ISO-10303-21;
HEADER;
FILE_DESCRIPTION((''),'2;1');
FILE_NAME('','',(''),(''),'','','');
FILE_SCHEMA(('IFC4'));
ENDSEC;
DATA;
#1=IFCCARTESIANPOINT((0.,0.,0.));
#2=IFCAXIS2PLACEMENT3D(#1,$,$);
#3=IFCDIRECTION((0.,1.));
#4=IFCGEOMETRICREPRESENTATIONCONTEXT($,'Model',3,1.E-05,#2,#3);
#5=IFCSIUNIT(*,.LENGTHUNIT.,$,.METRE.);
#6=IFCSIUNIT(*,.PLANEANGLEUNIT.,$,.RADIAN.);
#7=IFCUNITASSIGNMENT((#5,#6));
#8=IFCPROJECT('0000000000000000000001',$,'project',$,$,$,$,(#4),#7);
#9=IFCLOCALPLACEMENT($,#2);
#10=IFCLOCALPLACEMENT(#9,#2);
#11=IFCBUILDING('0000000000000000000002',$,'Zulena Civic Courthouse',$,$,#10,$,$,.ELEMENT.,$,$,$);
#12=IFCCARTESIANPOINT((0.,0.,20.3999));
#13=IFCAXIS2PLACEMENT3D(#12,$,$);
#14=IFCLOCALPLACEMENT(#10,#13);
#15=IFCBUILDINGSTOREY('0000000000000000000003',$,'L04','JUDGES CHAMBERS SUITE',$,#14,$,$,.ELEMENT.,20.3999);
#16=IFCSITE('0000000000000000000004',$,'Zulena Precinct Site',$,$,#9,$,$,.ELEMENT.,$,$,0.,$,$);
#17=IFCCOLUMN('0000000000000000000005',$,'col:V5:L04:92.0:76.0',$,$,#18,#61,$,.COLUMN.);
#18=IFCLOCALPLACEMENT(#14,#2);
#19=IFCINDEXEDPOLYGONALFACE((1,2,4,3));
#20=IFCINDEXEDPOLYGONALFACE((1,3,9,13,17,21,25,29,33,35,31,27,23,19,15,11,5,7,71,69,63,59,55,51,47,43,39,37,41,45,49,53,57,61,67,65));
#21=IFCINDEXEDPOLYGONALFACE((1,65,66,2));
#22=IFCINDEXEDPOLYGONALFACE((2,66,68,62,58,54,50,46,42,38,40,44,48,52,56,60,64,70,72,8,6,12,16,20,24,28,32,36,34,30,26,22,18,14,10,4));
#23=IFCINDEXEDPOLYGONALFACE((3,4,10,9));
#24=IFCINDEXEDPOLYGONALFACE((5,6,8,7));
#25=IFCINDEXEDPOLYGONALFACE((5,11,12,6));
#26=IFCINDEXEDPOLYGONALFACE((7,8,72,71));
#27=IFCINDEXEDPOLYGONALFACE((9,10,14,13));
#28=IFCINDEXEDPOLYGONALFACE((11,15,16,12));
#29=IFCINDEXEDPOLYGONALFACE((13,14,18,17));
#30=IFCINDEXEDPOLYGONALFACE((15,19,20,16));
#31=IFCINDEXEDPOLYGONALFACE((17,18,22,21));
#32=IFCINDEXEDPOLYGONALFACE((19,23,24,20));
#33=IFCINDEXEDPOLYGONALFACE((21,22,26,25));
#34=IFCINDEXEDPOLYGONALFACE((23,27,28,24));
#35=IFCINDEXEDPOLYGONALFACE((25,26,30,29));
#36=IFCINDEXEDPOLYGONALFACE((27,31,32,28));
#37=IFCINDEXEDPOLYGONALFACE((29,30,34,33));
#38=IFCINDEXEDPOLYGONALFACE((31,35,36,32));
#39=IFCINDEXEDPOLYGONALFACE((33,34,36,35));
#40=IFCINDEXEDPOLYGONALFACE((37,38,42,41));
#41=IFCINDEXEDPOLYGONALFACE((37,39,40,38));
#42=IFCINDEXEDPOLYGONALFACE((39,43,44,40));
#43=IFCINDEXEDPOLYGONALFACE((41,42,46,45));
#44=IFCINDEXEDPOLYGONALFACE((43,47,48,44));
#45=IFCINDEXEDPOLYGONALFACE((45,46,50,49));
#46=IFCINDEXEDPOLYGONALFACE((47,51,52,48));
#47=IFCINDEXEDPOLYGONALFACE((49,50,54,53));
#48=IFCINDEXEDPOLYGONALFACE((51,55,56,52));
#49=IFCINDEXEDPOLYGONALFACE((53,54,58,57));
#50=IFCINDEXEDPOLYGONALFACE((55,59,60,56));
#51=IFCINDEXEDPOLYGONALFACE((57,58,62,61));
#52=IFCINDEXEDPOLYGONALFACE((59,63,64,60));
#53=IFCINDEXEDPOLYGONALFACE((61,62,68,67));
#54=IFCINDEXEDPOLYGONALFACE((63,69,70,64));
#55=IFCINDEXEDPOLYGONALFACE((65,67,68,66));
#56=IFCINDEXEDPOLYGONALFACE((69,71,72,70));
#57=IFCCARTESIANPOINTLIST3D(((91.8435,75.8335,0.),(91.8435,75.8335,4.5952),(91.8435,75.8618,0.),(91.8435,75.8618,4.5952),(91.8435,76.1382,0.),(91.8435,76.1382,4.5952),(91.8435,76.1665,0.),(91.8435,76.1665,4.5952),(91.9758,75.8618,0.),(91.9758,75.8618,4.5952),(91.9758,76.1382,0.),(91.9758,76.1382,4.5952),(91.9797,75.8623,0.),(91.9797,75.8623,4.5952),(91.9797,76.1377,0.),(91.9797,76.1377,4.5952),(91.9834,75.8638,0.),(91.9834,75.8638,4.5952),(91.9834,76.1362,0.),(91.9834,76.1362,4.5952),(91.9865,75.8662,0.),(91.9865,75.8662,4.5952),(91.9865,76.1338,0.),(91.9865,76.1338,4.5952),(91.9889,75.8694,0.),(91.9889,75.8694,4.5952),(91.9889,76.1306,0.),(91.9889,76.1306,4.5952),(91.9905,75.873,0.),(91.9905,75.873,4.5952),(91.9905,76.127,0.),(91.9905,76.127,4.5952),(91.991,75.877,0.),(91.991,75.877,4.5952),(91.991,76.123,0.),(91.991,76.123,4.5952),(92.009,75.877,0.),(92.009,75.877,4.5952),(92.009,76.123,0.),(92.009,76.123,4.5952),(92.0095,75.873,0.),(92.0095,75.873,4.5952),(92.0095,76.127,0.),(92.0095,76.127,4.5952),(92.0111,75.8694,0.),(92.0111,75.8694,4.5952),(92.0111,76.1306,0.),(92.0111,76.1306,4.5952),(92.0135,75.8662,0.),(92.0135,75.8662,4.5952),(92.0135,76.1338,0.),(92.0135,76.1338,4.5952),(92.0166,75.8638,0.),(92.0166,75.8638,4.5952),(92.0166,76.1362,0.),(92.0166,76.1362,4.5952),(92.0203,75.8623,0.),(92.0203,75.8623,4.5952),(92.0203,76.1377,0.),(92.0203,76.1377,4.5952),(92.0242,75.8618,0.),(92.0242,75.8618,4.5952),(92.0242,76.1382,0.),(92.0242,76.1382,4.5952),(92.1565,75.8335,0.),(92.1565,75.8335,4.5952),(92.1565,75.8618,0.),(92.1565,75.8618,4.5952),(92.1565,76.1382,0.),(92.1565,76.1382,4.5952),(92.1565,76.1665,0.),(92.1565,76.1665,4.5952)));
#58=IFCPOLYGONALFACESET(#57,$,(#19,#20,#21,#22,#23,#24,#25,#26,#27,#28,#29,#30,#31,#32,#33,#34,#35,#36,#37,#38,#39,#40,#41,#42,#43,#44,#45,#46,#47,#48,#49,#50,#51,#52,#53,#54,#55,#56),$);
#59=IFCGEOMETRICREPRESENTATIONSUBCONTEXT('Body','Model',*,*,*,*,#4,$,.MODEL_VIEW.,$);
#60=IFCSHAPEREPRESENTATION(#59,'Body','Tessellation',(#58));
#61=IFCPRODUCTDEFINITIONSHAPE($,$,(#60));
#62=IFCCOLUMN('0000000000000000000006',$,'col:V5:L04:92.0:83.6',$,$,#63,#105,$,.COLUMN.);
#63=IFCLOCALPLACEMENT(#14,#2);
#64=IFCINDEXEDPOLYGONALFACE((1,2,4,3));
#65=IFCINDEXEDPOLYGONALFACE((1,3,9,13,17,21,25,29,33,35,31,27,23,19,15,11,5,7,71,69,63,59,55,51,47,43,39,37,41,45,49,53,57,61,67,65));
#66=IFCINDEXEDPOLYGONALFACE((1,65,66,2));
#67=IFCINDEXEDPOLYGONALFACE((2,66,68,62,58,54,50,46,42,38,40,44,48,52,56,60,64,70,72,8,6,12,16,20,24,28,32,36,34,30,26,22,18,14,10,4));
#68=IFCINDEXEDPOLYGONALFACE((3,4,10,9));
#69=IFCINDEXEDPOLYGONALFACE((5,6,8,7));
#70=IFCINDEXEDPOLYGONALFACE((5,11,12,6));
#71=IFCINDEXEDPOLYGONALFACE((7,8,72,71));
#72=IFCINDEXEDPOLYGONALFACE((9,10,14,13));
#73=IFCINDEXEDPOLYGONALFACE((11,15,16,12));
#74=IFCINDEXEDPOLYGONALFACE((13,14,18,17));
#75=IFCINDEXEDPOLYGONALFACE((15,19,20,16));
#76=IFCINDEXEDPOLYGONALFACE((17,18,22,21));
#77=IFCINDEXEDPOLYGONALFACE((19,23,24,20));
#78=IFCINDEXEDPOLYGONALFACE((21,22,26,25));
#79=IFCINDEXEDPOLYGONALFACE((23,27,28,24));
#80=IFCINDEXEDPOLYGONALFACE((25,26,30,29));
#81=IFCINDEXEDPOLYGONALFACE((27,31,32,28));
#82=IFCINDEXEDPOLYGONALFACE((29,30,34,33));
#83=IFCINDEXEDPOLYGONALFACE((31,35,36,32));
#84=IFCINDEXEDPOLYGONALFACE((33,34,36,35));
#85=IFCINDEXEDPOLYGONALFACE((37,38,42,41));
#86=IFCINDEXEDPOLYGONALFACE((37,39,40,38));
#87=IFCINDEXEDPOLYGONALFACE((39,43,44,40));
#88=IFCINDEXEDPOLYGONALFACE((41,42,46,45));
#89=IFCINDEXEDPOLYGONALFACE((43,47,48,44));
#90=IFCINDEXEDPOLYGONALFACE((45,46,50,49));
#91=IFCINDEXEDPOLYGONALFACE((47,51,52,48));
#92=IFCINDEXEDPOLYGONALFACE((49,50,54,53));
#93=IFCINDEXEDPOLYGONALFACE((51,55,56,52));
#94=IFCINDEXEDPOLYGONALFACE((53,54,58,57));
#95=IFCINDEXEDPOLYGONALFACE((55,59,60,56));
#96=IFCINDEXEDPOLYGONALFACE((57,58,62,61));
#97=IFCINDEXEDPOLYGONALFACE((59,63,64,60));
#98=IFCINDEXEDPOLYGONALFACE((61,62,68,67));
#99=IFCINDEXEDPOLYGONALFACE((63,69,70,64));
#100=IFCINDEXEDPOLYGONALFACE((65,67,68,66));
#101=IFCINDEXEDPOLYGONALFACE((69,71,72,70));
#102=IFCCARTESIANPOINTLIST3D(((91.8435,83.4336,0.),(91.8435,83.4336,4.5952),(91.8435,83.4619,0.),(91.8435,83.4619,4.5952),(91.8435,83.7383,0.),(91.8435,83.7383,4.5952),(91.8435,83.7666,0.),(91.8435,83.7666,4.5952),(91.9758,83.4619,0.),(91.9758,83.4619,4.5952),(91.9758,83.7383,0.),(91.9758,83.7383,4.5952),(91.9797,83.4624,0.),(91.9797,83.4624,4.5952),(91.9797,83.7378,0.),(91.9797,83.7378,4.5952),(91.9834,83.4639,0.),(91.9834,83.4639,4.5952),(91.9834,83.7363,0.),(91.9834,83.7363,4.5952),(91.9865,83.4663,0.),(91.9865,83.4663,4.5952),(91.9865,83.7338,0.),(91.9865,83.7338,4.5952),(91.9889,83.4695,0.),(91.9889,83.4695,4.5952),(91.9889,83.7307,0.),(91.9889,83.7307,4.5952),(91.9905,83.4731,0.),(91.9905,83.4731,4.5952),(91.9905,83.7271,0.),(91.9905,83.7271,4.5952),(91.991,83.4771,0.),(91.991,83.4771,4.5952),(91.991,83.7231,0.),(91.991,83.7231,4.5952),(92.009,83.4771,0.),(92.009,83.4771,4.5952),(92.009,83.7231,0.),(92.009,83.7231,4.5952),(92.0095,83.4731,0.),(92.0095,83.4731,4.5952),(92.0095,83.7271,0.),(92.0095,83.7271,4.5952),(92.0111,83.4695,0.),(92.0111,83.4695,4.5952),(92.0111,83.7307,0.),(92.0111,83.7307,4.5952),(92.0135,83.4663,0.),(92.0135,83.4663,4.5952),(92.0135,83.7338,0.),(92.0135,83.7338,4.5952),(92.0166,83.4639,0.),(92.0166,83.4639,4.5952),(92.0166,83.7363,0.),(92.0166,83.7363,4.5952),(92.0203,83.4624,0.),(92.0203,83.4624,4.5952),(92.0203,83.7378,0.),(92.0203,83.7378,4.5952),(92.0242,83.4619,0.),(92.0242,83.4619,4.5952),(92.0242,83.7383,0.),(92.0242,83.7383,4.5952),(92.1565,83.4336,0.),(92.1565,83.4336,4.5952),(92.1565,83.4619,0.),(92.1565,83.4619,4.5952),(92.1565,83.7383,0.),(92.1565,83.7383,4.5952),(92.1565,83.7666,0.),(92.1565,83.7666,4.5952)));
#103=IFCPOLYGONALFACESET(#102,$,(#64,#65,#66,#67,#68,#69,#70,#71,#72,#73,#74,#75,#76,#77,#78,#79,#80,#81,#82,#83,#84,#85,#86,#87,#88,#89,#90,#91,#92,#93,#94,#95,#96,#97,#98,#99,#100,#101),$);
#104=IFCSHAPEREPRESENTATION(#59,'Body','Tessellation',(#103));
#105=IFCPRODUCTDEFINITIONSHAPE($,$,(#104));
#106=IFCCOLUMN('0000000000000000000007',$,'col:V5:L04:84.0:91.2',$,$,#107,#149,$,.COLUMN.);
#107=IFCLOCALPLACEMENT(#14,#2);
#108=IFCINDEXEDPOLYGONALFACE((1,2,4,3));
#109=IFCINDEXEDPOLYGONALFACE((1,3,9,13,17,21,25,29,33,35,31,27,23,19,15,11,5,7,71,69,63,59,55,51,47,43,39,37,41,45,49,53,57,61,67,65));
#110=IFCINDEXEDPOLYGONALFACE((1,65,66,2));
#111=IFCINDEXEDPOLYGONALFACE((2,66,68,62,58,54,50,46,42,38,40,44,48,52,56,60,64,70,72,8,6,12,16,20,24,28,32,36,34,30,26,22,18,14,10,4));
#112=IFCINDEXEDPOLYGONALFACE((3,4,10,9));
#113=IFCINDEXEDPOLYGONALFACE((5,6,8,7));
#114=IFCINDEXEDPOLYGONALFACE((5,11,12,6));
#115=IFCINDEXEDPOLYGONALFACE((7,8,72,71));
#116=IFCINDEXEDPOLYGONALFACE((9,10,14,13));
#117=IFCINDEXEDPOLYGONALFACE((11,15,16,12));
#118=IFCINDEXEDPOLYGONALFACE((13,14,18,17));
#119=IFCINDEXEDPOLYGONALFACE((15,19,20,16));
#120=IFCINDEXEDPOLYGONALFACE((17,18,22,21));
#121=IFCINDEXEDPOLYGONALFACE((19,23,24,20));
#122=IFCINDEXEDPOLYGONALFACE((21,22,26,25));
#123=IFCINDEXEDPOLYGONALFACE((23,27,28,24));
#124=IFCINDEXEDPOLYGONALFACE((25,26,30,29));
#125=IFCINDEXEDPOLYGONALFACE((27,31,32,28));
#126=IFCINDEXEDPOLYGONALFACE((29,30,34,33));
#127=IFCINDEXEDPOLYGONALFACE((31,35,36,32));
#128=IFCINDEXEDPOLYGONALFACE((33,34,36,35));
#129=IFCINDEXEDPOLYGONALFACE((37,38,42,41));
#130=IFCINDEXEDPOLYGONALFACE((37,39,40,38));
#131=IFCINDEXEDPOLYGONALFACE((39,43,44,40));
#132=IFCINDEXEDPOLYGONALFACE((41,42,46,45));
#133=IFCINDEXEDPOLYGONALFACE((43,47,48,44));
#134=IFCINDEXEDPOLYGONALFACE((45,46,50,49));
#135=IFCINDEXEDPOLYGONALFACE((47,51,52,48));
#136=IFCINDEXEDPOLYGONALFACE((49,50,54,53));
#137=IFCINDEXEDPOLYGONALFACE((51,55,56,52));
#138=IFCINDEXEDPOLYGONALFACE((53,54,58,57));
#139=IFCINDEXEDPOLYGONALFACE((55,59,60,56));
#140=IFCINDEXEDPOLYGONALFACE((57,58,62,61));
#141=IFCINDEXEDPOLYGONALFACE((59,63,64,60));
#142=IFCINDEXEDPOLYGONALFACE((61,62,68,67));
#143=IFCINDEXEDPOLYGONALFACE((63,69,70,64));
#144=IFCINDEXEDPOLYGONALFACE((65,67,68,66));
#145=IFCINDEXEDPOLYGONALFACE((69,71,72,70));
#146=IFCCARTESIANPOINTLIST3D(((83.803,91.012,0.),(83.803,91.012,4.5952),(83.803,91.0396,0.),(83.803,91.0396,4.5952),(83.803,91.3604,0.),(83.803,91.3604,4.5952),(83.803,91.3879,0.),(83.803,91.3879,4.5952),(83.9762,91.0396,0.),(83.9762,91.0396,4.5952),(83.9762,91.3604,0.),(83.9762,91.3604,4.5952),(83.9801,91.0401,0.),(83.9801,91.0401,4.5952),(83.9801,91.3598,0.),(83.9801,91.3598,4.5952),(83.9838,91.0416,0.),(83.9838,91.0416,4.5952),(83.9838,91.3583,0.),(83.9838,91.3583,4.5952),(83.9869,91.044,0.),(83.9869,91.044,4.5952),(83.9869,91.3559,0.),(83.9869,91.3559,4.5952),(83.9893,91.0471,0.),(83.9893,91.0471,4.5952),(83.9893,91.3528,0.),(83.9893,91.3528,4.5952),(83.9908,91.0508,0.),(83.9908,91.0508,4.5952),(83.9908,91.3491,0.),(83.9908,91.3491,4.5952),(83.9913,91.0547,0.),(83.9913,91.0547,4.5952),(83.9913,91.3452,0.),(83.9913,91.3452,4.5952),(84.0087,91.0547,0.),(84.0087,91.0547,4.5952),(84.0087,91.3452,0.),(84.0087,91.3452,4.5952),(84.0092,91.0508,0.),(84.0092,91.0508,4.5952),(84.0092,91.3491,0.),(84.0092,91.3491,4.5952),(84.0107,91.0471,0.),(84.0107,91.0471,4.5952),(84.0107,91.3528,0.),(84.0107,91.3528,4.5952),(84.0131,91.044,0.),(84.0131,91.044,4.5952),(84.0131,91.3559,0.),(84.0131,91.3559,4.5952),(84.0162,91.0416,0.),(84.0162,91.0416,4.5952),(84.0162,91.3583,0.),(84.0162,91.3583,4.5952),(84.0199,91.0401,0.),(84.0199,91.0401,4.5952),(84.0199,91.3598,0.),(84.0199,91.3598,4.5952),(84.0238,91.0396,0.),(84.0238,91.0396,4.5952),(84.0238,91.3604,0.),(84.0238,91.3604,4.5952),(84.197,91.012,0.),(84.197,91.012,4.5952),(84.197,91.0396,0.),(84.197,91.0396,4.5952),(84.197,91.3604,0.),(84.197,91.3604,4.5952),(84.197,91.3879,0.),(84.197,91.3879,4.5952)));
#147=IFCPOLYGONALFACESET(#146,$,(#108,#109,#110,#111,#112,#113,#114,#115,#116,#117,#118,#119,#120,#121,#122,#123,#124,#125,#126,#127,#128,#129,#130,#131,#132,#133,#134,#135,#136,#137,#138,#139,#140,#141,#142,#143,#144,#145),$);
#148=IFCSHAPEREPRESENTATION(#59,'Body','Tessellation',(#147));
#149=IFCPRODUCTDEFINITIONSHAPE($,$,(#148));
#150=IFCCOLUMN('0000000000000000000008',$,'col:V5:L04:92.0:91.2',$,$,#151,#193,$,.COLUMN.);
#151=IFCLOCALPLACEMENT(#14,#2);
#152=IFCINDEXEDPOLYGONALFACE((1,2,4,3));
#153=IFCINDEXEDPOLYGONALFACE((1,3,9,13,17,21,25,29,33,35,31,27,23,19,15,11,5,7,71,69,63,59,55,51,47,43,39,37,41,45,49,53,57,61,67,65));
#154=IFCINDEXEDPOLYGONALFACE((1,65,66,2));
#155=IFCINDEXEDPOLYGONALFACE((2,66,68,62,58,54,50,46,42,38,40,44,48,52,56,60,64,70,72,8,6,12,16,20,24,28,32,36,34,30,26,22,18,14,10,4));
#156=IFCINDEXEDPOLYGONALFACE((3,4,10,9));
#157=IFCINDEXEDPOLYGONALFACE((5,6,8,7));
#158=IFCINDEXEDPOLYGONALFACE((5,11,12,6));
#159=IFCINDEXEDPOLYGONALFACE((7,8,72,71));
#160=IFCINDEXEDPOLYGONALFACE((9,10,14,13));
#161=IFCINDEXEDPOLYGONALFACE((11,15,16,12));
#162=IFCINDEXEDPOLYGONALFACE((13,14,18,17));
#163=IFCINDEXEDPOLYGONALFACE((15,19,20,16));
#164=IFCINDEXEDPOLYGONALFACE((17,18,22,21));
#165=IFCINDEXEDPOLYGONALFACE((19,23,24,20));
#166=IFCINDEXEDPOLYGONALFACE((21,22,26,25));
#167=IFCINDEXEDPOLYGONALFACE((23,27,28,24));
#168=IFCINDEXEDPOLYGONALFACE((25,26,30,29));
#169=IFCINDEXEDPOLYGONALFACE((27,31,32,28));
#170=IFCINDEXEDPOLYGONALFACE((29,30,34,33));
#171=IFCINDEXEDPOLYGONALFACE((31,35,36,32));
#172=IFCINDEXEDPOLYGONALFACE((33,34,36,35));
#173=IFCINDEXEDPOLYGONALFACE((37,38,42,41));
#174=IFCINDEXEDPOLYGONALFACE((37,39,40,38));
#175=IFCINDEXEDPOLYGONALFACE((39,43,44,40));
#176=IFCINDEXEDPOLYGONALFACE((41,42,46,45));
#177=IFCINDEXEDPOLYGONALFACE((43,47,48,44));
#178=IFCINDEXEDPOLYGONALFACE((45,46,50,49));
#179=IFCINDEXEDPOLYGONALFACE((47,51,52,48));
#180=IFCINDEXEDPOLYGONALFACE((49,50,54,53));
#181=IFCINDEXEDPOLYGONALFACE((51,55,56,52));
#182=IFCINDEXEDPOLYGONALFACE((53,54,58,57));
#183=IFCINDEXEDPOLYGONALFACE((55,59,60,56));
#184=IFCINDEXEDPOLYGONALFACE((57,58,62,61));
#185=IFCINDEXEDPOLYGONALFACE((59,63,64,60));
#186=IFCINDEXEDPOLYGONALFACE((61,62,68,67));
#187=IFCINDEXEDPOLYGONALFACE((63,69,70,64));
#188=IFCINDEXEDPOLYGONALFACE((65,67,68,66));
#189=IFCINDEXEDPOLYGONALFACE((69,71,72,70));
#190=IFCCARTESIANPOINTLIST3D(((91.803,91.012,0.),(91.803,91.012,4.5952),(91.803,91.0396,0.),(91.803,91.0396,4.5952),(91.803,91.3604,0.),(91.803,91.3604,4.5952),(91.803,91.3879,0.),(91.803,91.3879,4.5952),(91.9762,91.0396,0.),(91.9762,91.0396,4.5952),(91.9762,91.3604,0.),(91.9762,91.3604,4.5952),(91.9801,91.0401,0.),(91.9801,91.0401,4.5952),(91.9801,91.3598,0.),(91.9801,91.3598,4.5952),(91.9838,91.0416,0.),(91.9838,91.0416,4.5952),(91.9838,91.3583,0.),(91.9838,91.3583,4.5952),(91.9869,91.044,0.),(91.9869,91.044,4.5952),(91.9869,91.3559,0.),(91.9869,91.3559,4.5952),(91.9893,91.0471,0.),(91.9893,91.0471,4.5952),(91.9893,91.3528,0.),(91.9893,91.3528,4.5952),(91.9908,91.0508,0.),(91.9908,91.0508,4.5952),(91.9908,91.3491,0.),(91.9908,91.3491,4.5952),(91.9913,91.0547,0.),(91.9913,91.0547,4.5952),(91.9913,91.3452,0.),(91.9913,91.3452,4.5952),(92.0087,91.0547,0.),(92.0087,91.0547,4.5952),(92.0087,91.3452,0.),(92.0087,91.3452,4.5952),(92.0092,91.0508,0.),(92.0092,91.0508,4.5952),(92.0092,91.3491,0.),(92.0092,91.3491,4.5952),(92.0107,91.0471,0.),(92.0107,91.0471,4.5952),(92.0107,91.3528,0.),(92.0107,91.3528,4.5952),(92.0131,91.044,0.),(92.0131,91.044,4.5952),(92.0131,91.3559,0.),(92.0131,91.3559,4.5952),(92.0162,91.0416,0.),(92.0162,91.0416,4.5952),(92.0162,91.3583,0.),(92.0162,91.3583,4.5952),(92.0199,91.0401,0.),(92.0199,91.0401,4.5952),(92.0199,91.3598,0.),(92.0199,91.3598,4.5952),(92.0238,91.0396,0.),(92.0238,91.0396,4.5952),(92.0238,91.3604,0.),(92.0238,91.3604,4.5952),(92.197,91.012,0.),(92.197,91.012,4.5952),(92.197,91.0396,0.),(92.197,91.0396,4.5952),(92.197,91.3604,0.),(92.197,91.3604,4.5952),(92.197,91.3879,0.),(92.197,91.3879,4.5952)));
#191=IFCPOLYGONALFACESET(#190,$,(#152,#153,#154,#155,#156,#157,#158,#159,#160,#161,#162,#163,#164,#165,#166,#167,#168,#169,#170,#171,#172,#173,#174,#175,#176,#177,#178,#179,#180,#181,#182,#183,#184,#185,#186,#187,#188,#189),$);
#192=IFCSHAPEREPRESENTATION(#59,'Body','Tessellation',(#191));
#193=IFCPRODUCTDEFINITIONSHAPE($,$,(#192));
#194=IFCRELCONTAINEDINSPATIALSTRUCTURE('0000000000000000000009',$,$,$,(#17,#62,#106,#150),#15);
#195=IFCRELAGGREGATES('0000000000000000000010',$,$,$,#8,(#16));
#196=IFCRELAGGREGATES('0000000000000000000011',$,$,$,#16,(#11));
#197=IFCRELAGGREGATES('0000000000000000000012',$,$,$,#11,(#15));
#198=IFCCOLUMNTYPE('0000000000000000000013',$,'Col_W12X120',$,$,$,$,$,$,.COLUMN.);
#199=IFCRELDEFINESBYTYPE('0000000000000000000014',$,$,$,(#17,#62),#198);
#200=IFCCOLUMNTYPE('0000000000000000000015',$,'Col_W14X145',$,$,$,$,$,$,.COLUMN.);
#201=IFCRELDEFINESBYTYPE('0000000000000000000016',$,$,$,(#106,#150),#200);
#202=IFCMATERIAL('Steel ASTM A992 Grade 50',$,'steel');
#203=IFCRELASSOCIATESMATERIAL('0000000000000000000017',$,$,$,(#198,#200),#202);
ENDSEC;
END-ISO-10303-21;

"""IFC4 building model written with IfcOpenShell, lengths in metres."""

from ifc_helpers import new_model, si_unit, direction, frame, origin, origin_2d, place, context, subcontext, project, spatial, i_section, extrude, material, material_profile, profile_set, type_object, element, save


model = new_model("IFC4")

# Units and contexts
model_context = context("Model", 3, precision=1e-05, world=origin(), true_north=direction((0.0, 1.0)))
body_context = subcontext(model_context, "Body", "Model", "MODEL_VIEW")
ifc_project = project(units=[si_unit("LENGTHUNIT", "METRE"), si_unit("PLANEANGLEUNIT", "RADIAN")], contexts=[model_context])

# Site, building, storey
site_placement = place(None, origin())
site = spatial("IfcSite", under=ifc_project, at=site_placement, Name="Zulena Precinct Site", CompositionType="ELEMENT", RefElevation=0.0)
building_placement = place(site_placement, origin())
building = spatial("IfcBuilding", under=site, at=building_placement, Name="Zulena Civic Courthouse", CompositionType="ELEMENT")
storey_placement = place(building_placement, frame((0.0, 0.0, 20.3999)))
storey = spatial("IfcBuildingStorey", under=building, at=storey_placement, Name="L04", Description="JUDGES CHAMBERS SUITE", CompositionType="ELEMENT", Elevation=20.3999)

# Columns
ifc_material_1 = material(Name="Steel ASTM A992 Grade 50", Category="steel")
ifc_material_profile_1 = material_profile(ifc_material_1, i_section(OverallWidth=0.313, OverallDepth=0.333, WebThickness=0.0181, FlangeThickness=0.0283, FilletRadius=0.0151, at=origin_2d()), Name="W12X120")
ifc_profile_set_1 = profile_set([ifc_material_profile_1], Name="Steel ASTM A992 Grade 50")
column_type_1 = type_object("IfcColumnType", Name="Col_W12X120", PredefinedType="COLUMN", material=ifc_profile_set_1)
for number, where, z_axis, x_axis, name in (
    (1, (92.0, 76.0, 0.0), (0.0, 0.0, 1.0), (1.0, 0.0, 0.0), "col:V5:L04:92.0:76.0"),
    (2, (92.0, 83.6001, 0.0), (0.0, 0.0, 1.0), (1.0, 0.0, 0.0), "col:V5:L04:92.0:83.6"),
):
    element("IfcColumn", number, at=place(storey_placement, frame(where, z_axis=z_axis, x_axis=x_axis)), inside=storey, type_object=column_type_1, Name=name, PredefinedType="COLUMN", context=body_context, shape_type="SweptSolid", body=[
        extrude(i_section(OverallWidth=0.313, OverallDepth=0.333, WebThickness=0.0181, FlangeThickness=0.0283, FilletRadius=0.0151, at=origin_2d()), origin(), (0.0, 0.0, 1.0), 4.5952),
    ])
ifc_material_profile_2 = material_profile(ifc_material_1, i_section(OverallWidth=0.394, OverallDepth=0.376, WebThickness=0.0173, FlangeThickness=0.0276, FilletRadius=0.0151, at=origin_2d()), Name="W14X145")
ifc_profile_set_2 = profile_set([ifc_material_profile_2], Name="Steel ASTM A992 Grade 50")
column_type_2 = type_object("IfcColumnType", Name="Col_W14X145", PredefinedType="COLUMN", material=ifc_profile_set_2)
for number, where, z_axis, x_axis, name in (
    (3, (84.0, 91.2, 0.0), (0.0, 0.0, 1.0), (1.0, 0.0, 0.0), "col:V5:L04:84.0:91.2"),
    (4, (92.0, 91.2, 0.0), (0.0, 0.0, 1.0), (1.0, 0.0, 0.0), "col:V5:L04:92.0:91.2"),
):
    element("IfcColumn", number, at=place(storey_placement, frame(where, z_axis=z_axis, x_axis=x_axis)), inside=storey, type_object=column_type_2, Name=name, PredefinedType="COLUMN", context=body_context, shape_type="SweptSolid", body=[
        extrude(i_section(OverallWidth=0.394, OverallDepth=0.376, WebThickness=0.0173, FlangeThickness=0.0276, FilletRadius=0.0151, at=origin_2d()), origin(), (0.0, 0.0, 1.0), 4.5952),
    ])

save(model, "model.ifc")
